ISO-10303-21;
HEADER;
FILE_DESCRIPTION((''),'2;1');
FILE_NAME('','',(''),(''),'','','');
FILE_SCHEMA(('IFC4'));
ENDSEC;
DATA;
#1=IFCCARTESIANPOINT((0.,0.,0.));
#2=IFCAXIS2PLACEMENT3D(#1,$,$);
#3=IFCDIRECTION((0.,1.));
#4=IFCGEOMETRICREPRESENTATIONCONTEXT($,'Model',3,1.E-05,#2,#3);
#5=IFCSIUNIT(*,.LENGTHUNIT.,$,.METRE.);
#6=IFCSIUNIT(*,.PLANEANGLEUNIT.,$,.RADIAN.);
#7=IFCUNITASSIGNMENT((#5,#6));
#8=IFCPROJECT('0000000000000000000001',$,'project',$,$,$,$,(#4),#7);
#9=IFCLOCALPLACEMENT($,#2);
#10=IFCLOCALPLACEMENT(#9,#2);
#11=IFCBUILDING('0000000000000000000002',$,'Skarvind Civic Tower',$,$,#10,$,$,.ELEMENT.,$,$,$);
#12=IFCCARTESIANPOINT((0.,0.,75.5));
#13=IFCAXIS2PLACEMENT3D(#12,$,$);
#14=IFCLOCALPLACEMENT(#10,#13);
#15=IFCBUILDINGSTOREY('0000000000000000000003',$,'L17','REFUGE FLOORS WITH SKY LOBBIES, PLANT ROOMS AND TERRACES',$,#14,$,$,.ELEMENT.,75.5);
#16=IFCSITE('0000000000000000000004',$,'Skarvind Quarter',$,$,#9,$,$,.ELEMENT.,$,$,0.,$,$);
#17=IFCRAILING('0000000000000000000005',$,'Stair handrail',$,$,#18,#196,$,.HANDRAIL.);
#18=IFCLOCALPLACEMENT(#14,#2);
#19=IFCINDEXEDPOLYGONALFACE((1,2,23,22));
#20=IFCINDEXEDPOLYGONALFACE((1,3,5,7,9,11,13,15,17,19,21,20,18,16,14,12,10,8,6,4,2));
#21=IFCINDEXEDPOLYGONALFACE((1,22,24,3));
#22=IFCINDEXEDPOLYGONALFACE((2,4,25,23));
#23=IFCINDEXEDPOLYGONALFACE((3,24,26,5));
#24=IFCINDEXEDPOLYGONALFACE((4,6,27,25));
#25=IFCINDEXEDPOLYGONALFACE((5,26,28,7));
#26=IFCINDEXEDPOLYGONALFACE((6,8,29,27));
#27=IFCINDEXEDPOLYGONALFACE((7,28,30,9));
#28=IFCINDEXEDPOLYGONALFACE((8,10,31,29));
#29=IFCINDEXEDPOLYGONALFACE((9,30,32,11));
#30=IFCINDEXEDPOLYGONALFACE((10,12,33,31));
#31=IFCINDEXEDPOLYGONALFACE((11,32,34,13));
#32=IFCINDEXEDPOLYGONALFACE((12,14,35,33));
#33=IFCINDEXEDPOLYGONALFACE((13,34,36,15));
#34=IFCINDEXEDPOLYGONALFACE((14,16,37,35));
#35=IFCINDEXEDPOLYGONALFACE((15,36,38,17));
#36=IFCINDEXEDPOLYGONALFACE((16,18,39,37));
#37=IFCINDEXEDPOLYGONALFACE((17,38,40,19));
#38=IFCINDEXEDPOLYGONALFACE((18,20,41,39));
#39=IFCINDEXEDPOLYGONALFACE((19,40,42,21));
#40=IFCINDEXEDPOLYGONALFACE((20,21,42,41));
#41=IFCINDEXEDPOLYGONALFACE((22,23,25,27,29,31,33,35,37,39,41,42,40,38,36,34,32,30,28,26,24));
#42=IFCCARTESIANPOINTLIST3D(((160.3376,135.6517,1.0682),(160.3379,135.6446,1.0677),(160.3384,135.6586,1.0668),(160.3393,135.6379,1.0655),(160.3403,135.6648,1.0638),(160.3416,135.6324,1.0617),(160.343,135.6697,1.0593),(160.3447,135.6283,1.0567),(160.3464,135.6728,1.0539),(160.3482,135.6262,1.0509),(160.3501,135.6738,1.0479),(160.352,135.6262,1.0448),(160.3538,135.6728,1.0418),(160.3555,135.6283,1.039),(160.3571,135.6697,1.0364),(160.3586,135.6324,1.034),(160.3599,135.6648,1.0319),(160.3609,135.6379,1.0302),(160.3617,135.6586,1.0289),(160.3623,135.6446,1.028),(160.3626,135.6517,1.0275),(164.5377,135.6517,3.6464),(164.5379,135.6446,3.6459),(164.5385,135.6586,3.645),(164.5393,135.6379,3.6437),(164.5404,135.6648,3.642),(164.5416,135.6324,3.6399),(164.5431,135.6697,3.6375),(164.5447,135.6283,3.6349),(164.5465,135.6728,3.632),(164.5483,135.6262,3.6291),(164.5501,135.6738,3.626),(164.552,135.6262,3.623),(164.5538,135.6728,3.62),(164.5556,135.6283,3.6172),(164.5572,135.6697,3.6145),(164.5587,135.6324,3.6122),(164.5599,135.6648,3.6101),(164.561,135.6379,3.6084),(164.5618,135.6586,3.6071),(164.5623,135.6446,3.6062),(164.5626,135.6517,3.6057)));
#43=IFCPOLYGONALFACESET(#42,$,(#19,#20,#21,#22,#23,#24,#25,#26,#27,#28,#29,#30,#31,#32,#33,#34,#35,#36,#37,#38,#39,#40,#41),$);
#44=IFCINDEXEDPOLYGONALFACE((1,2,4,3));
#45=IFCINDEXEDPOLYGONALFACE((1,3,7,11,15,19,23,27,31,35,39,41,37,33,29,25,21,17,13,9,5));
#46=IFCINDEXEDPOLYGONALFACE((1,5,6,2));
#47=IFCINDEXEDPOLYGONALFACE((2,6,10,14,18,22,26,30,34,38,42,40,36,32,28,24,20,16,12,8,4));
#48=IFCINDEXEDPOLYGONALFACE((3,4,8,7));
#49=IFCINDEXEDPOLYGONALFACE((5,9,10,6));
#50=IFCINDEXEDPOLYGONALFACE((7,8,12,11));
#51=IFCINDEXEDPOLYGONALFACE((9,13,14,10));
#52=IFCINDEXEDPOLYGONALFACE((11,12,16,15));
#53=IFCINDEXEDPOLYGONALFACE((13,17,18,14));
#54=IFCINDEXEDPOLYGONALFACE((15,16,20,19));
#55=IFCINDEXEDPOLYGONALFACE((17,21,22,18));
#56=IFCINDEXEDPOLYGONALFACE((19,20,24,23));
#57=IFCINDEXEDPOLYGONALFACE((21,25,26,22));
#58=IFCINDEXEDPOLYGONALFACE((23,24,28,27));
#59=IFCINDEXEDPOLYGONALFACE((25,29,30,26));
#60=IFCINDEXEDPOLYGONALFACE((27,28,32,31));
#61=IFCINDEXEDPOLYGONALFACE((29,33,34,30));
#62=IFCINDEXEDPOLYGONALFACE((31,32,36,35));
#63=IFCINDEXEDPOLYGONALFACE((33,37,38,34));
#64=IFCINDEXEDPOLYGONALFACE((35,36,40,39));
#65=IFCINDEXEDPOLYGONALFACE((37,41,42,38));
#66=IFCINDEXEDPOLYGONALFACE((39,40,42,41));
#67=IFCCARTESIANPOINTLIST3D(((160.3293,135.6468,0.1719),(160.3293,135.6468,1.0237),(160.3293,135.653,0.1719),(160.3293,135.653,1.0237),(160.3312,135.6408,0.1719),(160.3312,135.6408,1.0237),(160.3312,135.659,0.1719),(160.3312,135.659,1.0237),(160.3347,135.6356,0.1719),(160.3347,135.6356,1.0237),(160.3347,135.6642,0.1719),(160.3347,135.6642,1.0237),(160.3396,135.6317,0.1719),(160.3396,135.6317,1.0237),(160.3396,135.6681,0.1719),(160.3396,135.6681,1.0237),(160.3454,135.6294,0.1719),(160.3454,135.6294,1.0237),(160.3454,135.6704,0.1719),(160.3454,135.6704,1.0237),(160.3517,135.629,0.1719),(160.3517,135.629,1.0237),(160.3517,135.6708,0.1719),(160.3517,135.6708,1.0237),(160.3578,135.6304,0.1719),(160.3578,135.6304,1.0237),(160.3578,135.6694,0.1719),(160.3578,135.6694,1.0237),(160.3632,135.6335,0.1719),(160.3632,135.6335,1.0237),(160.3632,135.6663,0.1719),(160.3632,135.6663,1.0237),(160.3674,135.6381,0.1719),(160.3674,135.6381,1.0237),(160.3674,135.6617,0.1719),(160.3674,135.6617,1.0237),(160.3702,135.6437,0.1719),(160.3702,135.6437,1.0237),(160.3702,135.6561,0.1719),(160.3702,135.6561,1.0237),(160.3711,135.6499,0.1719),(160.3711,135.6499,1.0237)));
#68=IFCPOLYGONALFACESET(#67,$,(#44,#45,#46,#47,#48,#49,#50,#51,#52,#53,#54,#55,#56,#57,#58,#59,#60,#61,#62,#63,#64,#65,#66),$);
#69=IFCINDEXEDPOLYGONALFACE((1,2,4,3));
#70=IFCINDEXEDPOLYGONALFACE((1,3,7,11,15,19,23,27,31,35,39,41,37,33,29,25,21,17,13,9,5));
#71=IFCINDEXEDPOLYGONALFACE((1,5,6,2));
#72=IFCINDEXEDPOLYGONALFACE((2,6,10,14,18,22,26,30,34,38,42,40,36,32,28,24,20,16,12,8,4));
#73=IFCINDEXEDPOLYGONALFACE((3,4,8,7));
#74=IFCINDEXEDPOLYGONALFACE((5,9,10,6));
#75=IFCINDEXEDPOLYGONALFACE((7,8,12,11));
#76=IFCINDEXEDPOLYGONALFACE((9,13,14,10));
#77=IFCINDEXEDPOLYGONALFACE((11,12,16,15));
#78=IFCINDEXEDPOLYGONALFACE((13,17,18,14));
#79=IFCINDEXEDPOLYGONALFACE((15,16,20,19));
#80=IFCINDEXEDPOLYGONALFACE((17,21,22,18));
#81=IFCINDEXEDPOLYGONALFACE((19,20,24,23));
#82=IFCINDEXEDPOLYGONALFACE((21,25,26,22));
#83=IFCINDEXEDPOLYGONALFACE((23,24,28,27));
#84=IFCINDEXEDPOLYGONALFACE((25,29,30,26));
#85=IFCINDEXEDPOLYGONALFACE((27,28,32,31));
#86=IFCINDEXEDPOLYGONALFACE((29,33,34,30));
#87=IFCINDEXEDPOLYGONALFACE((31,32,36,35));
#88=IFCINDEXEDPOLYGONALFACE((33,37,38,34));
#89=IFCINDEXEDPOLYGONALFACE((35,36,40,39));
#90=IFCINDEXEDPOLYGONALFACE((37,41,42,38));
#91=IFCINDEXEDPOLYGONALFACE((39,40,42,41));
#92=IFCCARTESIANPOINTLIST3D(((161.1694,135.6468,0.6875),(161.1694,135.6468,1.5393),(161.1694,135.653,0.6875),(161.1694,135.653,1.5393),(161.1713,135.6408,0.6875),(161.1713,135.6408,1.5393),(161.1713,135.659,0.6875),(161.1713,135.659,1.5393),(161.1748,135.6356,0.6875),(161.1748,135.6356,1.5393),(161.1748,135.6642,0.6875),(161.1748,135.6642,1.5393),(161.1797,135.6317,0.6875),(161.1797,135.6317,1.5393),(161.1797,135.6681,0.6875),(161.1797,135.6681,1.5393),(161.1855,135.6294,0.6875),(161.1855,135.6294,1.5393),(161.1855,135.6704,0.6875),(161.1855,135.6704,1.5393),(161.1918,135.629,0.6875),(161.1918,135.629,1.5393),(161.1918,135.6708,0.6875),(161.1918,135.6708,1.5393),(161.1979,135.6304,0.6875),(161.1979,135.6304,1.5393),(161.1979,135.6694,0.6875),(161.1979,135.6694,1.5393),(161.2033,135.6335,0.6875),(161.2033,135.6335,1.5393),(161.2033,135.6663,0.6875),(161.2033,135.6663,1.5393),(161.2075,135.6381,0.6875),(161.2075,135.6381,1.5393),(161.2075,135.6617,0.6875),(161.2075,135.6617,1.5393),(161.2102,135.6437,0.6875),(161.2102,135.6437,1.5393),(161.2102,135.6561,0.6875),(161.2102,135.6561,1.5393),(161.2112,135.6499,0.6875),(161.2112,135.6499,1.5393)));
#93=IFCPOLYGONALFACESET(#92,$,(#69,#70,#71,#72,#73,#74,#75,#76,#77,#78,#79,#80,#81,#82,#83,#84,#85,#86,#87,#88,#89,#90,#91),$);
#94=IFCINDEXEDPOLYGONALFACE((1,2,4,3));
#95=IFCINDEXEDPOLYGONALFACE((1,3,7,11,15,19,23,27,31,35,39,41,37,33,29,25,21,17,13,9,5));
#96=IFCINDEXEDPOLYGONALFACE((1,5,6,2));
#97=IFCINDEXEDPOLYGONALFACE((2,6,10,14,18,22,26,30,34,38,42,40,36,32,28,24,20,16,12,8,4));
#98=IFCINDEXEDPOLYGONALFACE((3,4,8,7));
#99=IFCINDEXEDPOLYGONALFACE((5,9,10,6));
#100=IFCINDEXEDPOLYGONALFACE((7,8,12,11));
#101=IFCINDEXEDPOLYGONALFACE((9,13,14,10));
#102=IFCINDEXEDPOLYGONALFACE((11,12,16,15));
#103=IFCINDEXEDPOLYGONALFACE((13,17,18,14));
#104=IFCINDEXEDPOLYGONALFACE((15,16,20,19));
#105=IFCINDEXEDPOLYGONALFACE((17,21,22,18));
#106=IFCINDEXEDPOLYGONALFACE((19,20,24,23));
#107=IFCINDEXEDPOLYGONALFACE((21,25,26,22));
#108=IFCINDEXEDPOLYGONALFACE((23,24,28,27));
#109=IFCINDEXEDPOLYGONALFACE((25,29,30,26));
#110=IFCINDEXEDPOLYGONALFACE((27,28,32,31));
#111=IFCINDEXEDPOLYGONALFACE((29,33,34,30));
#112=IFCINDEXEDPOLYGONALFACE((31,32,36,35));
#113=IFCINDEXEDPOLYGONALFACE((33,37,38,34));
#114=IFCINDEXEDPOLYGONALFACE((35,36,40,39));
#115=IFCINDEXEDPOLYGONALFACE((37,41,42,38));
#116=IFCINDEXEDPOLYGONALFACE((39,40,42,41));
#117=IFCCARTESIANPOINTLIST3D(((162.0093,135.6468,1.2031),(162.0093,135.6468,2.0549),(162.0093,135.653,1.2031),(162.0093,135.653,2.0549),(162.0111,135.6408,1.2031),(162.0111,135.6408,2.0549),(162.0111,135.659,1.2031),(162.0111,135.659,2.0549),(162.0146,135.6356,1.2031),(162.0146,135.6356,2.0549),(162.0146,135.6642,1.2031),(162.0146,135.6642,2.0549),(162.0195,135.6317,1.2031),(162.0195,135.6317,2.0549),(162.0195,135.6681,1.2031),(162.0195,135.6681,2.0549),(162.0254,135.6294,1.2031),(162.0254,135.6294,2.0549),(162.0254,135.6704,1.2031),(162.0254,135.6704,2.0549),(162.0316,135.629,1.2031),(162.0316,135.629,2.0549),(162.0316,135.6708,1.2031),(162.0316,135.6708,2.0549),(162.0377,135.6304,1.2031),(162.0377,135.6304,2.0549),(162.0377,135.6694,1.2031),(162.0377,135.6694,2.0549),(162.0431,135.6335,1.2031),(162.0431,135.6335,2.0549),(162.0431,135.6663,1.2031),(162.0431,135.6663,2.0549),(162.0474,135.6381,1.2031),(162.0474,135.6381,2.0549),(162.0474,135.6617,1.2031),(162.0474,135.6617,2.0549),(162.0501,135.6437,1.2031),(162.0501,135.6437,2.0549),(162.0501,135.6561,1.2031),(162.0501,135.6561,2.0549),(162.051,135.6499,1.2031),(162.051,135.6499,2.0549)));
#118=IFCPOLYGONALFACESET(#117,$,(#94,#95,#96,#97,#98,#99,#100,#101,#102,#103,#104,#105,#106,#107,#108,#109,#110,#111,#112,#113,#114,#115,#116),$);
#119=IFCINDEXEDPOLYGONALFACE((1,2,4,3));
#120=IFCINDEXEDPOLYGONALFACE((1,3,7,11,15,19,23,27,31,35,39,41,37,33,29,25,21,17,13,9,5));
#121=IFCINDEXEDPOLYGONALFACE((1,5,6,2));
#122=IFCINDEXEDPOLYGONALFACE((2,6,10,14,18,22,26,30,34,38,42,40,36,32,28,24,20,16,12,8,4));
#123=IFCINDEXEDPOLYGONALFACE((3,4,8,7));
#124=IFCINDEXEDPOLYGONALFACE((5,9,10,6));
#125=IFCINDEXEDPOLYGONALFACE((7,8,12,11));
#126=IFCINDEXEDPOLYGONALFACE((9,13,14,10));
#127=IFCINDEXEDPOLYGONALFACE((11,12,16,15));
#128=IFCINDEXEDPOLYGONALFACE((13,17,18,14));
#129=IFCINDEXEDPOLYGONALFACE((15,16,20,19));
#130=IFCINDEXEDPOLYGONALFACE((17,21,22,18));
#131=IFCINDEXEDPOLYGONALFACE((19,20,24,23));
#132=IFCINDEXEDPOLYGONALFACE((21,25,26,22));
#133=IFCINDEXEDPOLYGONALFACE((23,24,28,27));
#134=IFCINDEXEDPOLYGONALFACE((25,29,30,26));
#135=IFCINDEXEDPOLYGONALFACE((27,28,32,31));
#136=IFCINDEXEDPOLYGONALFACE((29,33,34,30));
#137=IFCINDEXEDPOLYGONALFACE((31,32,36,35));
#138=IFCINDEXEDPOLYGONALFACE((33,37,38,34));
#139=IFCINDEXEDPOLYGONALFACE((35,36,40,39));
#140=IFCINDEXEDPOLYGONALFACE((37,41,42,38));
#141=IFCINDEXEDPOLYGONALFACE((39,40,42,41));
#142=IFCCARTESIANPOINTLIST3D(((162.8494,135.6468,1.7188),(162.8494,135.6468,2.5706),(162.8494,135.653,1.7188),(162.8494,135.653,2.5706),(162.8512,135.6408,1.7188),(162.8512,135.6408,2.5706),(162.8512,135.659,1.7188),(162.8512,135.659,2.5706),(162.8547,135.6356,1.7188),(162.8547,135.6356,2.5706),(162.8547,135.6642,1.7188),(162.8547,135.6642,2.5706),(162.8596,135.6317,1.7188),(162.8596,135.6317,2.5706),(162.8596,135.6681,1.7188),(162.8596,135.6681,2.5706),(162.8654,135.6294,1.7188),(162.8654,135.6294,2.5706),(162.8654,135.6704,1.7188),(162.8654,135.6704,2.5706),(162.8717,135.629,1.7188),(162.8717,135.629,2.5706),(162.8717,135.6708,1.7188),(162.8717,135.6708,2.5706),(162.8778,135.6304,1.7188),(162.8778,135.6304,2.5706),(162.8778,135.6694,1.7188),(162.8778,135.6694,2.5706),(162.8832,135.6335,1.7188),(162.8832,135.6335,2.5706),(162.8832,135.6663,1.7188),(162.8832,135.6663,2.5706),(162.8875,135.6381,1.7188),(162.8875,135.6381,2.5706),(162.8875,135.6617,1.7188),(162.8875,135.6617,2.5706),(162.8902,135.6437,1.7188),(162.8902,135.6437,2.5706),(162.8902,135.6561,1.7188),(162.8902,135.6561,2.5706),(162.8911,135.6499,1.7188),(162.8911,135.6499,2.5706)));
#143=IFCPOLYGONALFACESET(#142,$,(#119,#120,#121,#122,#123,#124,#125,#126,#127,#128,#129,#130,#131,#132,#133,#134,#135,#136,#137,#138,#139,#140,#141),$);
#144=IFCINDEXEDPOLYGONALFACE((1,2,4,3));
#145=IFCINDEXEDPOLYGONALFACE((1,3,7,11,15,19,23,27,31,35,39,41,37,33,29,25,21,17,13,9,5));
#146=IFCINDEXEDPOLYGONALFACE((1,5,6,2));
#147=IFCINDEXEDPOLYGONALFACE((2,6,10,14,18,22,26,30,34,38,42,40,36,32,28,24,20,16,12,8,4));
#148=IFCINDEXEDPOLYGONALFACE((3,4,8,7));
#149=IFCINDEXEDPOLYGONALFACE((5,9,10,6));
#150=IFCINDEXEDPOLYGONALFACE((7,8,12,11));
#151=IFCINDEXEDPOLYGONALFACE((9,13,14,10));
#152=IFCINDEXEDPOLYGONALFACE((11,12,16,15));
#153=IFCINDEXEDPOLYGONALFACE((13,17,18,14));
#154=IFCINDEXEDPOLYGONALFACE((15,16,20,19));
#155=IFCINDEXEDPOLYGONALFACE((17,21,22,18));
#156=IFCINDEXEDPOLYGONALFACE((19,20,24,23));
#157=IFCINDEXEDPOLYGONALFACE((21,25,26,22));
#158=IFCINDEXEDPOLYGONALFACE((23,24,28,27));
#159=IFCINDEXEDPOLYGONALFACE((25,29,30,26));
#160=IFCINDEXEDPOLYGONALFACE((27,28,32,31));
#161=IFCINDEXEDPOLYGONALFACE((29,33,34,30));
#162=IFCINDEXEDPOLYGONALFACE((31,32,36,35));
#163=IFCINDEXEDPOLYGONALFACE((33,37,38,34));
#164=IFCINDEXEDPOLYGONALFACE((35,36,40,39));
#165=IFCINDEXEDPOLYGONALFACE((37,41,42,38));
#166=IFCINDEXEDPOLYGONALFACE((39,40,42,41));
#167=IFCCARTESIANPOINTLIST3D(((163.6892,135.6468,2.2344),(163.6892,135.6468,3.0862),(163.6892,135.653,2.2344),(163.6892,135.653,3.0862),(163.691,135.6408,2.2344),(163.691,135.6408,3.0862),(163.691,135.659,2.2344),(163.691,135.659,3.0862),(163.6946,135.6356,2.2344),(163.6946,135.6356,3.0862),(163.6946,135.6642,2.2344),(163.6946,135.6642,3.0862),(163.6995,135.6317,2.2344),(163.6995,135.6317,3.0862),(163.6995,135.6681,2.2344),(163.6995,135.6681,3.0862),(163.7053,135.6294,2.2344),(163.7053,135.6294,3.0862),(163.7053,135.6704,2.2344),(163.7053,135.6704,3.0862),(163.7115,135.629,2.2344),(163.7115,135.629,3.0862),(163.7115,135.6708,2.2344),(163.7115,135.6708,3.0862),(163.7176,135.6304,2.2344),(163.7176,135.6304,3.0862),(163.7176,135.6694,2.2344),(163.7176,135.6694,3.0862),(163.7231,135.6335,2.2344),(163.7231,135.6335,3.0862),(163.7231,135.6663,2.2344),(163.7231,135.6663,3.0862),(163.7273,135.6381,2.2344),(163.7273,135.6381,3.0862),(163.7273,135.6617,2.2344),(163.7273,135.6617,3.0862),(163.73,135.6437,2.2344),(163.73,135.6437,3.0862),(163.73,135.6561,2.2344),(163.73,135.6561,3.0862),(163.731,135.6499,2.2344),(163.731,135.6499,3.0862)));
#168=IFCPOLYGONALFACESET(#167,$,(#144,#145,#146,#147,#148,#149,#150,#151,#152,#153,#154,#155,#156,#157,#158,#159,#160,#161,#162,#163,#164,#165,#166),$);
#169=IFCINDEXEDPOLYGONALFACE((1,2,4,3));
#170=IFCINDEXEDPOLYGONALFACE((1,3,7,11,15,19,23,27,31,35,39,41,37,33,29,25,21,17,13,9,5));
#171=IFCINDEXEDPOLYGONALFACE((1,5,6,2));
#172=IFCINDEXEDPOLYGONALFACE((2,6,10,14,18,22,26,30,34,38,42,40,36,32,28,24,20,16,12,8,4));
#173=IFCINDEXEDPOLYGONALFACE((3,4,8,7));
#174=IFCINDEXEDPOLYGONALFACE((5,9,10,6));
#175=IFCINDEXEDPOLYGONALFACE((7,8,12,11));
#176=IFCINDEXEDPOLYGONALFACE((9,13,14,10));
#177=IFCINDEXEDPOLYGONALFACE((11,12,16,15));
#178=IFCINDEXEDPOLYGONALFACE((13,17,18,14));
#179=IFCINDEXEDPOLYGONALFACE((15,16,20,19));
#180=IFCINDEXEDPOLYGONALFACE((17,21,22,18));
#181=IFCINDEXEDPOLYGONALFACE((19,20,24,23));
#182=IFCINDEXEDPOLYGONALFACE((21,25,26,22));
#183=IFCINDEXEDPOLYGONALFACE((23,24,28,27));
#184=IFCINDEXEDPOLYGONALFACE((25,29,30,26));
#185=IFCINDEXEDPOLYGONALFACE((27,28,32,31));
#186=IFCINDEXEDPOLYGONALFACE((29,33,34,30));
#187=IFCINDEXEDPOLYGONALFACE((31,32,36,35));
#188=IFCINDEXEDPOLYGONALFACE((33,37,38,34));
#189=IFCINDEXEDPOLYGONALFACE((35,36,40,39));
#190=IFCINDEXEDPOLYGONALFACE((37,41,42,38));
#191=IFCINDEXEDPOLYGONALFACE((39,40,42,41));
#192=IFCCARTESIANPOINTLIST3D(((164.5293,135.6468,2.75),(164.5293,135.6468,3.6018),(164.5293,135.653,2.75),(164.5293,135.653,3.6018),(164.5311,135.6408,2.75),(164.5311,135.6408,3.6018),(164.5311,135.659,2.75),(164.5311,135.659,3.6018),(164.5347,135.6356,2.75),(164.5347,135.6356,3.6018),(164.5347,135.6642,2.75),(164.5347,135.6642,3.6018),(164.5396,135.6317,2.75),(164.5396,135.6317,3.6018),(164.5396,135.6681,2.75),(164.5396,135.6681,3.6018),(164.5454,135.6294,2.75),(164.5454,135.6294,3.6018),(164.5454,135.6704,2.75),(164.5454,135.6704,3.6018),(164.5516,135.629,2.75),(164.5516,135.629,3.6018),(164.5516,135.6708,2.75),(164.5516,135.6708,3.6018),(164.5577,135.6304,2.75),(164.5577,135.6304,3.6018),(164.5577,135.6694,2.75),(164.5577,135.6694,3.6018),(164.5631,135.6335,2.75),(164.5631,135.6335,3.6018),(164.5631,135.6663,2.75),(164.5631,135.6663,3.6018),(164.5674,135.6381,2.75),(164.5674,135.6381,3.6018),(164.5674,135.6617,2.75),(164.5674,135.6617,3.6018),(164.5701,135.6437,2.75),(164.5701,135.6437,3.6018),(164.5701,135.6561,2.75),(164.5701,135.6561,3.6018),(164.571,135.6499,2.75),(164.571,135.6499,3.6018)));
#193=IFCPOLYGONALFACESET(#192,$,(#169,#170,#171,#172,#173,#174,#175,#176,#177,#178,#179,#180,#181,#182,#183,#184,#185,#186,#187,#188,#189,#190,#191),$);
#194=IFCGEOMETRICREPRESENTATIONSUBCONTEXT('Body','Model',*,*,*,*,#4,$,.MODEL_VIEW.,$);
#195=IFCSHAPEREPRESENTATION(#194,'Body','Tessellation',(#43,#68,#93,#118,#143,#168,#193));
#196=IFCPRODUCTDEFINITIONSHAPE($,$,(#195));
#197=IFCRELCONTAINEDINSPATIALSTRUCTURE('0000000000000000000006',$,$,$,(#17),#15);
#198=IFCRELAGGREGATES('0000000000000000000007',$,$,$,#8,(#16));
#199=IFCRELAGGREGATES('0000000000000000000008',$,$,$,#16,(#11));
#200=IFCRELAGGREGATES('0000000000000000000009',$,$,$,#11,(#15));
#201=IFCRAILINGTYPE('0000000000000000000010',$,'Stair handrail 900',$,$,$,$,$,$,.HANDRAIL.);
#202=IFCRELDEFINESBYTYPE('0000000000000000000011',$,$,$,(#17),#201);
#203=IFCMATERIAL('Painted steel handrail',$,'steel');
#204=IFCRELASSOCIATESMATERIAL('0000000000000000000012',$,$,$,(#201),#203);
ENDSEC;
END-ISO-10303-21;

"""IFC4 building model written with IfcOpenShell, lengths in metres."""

from ifc_helpers import new_model, si_unit, direction, frame, origin, origin_2d, place, context, subcontext, project, spatial, circle, extrude, material, type_object, element, save


model = new_model("IFC4")

# Units and contexts
model_context = context("Model", 3, precision=1e-05, world=origin(), true_north=direction((0.0, 1.0)))
body_context = subcontext(model_context, "Body", "Model", "MODEL_VIEW")
ifc_project = project(units=[si_unit("LENGTHUNIT", "METRE"), si_unit("PLANEANGLEUNIT", "RADIAN")], contexts=[model_context])

# Site, building, storey
site_placement = place(None, origin())
site = spatial("IfcSite", under=ifc_project, at=site_placement, Name="Skarvind Quarter", CompositionType="ELEMENT", RefElevation=0.0)
building_placement = place(site_placement, origin())
building = spatial("IfcBuilding", under=site, at=building_placement, Name="Skarvind Civic Tower", CompositionType="ELEMENT")
storey_placement = place(building_placement, frame((0.0, 0.0, 75.5)))
storey = spatial("IfcBuildingStorey", under=building, at=storey_placement, Name="L17", Description="REFUGE FLOORS WITH SKY LOBBIES, PLANT ROOMS AND TERRACES", CompositionType="ELEMENT", Elevation=75.5)

# Railing
ifc_material_1 = material(Name="Painted steel handrail", Category="steel")
railing_type = type_object("IfcRailingType", Name="Stair handrail 900", PredefinedType="HANDRAIL", material=ifc_material_1)
railing_1_placement = place(storey_placement, frame((160.3501, 135.6499, 0.1719)))
element("IfcRailing", 1, at=railing_1_placement, inside=storey, type_object=railing_type, Name="Stair handrail", PredefinedType="HANDRAIL", context=body_context, shape_type="SweptSolid", body=[
    extrude(circle(Radius=0.0239, at=origin_2d()), frame((0.0, 0.0, 0.876), z_axis=(0.852243, 0.0, 0.523146), x_axis=(0.0, 1.0, 0.0)), (0.0, 0.0, 1.0), 4.9282),
    extrude(circle(Radius=0.021, at=origin_2d()), origin(), (0.0, 0.0, 1.0), 0.8518),
    extrude(circle(Radius=0.021, at=origin_2d()), frame((0.8401, 0.0, 0.5156)), (0.0, 0.0, 1.0), 0.8518),
    extrude(circle(Radius=0.021, at=origin_2d()), frame((1.6799, 0.0, 1.0312)), (0.0, 0.0, 1.0), 0.8518),
    extrude(circle(Radius=0.021, at=origin_2d()), frame((2.52, 0.0, 1.5469)), (0.0, 0.0, 1.0), 0.8518),
    extrude(circle(Radius=0.021, at=origin_2d()), frame((3.3599, 0.0, 2.0625)), (0.0, 0.0, 1.0), 0.8518),
    extrude(circle(Radius=0.021, at=origin_2d()), frame((4.2, 0.0, 2.5781)), (0.0, 0.0, 1.0), 0.8518),
])

save(model, "model.ifc")
